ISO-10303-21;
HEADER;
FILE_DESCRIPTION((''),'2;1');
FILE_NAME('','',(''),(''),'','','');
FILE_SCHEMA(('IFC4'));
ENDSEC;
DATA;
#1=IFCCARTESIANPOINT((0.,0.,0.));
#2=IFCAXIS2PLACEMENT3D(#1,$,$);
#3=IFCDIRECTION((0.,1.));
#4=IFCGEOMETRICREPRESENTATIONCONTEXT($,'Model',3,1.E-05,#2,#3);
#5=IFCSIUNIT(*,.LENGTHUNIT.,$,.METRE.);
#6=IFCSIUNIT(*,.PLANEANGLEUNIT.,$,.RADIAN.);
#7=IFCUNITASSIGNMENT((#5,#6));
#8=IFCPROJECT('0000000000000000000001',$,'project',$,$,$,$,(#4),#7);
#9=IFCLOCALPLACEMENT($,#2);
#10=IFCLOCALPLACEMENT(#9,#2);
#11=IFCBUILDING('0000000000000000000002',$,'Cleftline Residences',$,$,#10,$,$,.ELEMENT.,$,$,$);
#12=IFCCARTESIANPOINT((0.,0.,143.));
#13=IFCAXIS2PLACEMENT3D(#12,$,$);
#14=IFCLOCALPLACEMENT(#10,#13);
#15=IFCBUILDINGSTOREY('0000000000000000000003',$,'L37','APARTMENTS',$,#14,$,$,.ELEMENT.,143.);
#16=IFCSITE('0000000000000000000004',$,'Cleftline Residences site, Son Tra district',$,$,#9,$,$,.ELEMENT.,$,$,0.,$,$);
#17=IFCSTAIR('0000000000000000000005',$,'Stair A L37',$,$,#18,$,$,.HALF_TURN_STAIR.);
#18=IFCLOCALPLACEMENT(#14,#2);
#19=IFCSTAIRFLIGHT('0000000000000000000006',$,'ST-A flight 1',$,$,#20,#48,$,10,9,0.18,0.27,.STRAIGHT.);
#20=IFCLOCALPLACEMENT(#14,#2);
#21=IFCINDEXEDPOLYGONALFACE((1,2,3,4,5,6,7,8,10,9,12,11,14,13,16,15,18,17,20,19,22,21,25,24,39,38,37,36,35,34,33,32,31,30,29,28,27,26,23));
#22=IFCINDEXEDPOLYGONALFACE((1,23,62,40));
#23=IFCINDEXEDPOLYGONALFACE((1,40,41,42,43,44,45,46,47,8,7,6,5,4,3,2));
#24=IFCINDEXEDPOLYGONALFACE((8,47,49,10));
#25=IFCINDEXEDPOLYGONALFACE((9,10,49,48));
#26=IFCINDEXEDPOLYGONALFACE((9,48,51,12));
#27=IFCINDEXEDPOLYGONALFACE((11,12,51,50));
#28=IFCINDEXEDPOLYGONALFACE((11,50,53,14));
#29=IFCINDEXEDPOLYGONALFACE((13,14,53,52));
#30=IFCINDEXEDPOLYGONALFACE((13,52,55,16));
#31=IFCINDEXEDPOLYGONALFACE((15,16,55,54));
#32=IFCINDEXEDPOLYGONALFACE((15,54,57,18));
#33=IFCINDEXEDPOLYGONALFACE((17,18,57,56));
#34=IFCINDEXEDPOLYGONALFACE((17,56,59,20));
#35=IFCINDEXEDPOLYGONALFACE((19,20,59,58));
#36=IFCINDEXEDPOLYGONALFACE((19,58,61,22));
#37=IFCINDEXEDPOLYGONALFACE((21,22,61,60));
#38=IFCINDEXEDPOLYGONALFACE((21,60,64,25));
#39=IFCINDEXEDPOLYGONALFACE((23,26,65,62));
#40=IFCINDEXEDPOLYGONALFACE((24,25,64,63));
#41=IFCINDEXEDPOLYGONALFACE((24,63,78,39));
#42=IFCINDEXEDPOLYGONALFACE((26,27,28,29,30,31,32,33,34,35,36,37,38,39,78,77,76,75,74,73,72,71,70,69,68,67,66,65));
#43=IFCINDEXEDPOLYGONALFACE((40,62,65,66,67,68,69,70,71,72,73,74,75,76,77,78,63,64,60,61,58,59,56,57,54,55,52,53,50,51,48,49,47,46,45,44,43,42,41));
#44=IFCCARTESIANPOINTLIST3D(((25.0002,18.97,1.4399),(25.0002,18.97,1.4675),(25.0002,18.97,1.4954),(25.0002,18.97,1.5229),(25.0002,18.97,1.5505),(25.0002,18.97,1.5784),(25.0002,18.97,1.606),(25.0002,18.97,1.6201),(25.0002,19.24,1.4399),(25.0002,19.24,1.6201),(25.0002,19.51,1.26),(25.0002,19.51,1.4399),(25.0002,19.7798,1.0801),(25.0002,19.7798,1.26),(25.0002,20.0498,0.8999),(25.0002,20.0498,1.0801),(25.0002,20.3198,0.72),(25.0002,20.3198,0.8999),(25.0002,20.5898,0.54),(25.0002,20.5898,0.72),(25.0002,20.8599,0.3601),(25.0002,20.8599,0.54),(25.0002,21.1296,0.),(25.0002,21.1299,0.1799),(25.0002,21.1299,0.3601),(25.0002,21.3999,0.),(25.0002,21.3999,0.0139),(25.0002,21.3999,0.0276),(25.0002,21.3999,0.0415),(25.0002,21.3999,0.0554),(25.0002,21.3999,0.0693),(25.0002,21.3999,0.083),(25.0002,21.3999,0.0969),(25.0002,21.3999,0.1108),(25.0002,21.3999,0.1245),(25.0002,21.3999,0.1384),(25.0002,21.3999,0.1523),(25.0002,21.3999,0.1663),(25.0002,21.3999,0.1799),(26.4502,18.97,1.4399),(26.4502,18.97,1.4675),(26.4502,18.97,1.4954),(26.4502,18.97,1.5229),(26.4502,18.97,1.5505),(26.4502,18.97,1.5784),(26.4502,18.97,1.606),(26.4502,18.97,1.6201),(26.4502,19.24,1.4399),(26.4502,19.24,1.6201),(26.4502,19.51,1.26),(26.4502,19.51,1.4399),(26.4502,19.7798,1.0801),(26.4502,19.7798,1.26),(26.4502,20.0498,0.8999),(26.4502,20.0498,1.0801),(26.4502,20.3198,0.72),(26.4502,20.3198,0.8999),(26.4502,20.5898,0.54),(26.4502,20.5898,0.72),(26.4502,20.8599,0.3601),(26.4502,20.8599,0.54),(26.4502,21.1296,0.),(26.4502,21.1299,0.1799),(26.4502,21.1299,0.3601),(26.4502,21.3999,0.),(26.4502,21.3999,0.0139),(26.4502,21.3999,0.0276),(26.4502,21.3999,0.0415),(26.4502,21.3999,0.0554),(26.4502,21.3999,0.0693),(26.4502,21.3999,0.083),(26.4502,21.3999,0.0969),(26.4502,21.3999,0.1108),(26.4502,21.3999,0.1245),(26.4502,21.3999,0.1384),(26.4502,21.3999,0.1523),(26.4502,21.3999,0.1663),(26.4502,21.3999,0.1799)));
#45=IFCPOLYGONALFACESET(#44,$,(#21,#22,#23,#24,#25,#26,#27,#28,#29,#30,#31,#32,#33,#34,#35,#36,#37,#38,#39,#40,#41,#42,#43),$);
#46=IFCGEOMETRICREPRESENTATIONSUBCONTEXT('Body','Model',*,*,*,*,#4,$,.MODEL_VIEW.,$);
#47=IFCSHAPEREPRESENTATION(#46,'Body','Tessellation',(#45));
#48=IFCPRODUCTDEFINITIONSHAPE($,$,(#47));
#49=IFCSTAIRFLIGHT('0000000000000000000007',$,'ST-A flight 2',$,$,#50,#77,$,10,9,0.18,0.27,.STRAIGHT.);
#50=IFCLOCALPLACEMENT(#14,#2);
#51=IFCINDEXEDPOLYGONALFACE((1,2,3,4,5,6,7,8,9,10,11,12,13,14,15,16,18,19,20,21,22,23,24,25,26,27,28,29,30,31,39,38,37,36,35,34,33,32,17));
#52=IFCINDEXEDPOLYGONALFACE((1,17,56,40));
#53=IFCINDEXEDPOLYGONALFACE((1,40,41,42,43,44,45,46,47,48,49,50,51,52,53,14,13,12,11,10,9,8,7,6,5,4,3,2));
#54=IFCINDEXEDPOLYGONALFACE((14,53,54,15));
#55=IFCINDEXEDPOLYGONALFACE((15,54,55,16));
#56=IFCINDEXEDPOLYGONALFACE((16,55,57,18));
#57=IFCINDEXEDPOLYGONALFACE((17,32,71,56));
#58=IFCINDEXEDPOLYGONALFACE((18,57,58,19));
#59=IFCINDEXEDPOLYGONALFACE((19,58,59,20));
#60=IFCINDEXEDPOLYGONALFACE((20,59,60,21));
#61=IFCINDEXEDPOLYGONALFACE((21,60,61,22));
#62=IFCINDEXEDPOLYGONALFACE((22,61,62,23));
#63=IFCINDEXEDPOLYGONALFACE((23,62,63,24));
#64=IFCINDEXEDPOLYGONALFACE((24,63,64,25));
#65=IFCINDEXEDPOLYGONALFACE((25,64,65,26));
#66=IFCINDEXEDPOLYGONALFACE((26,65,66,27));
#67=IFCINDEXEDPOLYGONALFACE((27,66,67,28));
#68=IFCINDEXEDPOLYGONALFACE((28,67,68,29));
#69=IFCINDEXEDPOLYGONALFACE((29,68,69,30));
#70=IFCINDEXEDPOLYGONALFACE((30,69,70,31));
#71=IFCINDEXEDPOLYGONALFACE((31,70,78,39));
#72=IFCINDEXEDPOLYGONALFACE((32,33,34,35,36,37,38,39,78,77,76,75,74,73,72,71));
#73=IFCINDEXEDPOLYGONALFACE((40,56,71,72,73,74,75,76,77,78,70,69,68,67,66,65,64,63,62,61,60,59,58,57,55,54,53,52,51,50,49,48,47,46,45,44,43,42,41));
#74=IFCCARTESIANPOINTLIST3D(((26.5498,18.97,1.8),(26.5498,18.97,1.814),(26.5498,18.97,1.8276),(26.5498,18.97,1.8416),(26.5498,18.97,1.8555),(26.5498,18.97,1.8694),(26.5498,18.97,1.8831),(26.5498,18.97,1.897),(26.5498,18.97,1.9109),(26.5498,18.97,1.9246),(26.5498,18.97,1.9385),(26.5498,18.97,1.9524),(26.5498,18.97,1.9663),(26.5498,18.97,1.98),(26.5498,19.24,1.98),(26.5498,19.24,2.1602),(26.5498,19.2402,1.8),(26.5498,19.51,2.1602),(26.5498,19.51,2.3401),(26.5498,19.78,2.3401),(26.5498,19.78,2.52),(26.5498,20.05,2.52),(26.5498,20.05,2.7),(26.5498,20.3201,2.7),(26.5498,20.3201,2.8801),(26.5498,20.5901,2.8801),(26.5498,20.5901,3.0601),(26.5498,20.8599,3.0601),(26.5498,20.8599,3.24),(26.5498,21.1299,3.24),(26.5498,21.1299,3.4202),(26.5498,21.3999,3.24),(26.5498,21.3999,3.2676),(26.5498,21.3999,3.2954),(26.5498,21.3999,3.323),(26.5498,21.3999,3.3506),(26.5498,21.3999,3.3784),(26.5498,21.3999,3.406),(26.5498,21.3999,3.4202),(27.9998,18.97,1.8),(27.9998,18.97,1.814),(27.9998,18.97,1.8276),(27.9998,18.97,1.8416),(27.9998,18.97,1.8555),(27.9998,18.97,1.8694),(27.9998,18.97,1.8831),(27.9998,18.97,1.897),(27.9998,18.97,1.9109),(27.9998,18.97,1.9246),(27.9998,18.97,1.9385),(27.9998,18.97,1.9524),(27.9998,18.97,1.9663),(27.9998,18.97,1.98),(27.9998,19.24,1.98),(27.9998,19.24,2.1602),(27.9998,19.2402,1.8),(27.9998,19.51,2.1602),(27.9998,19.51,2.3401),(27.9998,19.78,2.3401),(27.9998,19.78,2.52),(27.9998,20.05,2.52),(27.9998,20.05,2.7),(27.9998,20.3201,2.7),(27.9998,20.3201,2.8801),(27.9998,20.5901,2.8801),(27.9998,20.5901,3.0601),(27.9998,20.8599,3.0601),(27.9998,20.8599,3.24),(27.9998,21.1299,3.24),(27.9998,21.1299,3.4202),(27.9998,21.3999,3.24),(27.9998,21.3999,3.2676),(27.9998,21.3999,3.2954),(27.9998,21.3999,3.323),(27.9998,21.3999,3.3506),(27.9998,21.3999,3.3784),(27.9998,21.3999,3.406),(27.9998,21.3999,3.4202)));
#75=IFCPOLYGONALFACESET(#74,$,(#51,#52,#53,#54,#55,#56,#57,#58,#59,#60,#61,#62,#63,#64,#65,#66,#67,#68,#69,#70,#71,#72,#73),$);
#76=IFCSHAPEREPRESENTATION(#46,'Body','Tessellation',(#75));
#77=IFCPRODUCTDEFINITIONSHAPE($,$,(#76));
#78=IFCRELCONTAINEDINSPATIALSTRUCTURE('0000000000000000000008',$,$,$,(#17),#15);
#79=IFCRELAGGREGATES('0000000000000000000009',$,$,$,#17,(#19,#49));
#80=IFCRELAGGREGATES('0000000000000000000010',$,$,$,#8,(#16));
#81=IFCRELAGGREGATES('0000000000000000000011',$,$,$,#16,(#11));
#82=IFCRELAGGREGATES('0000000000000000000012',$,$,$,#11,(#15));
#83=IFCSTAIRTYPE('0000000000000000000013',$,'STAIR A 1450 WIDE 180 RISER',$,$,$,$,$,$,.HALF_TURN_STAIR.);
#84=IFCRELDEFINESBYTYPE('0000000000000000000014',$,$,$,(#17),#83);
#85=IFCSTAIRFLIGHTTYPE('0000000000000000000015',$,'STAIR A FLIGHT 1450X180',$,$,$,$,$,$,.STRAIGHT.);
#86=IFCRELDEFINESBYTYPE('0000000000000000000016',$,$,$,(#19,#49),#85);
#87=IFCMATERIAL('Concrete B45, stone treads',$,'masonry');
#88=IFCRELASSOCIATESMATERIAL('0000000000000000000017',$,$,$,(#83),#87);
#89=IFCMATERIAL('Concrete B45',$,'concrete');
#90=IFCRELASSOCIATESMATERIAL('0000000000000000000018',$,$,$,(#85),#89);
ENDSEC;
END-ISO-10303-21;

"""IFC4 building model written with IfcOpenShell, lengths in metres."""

from ifc_helpers import new_model, si_unit, direction, frame, origin, place, context, subcontext, project, spatial, polyline, outline, extrude, material, type_object, element, aggregate, save


model = new_model("IFC4")

# Units and contexts
model_context = context("Model", 3, precision=1e-05, world=origin(), true_north=direction((0.0, 1.0)))
body_context = subcontext(model_context, "Body", "Model", "MODEL_VIEW")
ifc_project = project(units=[si_unit("LENGTHUNIT", "METRE"), si_unit("PLANEANGLEUNIT", "RADIAN")], contexts=[model_context])

# Site, building, storey
site_placement = place(None, origin())
site = spatial("IfcSite", under=ifc_project, at=site_placement, Name="Cleftline Residences site, Son Tra district", CompositionType="ELEMENT", RefElevation=0.0)
building_placement = place(site_placement, origin())
building = spatial("IfcBuilding", under=site, at=building_placement, Name="Cleftline Residences", CompositionType="ELEMENT")
storey_placement = place(building_placement, frame((0.0, 0.0, 143.0)))
storey = spatial("IfcBuildingStorey", under=building, at=storey_placement, Name="L37", Description="APARTMENTS", CompositionType="ELEMENT", Elevation=143.0)

# Stair, stair flights
ifc_material_1 = material(Name="Concrete B45, stone treads", Category="masonry")
stair_type = type_object("IfcStairType", Name="STAIR A 1450 WIDE 180 RISER", PredefinedType="HALF_TURN_STAIR", material=ifc_material_1)
stair_placement = place(storey_placement, origin())
stair = element("IfcStair", 1, at=stair_placement, inside=storey, type_object=stair_type, Name="Stair A L37", PredefinedType="HALF_TURN_STAIR")
ifc_material_2 = material(Name="Concrete B45", Category="concrete")
stair_flight_type = type_object("IfcStairFlightType", Name="STAIR A FLIGHT 1450X180", PredefinedType="STRAIGHT", material=ifc_material_2)
stair_flight_1_placement = place(storey_placement, frame((25.7251, 21.3999, 0.0), z_axis=(0.0, 0.0, 1.0), x_axis=(0.0, -1.0, 0.0)))
stair_flight_1 = element("IfcStairFlight", 2, at=stair_flight_1_placement, type_object=stair_flight_type, Name="ST-A flight 1", NumberOfRisers=10, NumberOfTreads=9, PredefinedType="STRAIGHT", RiserHeight=0.18, TreadLength=0.27, context=body_context, shape_type="SweptSolid", body=[
    extrude(outline(polyline([(0.0, 0.0), (0.0, 0.0139), (0.0, 0.0276), (0.0, 0.0415), (0.0, 0.0554), (0.0, 0.0693), (0.0, 0.083), (0.0, 0.0969), (0.0, 0.1108), (0.0, 0.1245), (0.0, 0.1384), (0.0, 0.1523), (0.0, 0.1663), (0.0, 0.1799), (0.27, 0.1799), (0.27, 0.3601), (0.54, 0.3601), (0.54, 0.54), (0.8101, 0.54), (0.8101, 0.72), (1.0801, 0.72), (1.0801, 0.8999), (1.3501, 0.8999), (1.3501, 1.0801), (1.6201, 1.0801), (1.6201, 1.26), (1.8899, 1.26), (1.8899, 1.4399), (2.1599, 1.4399), (2.1599, 1.6201), (2.4299, 1.6201), (2.4299, 1.8), (2.4299, 1.7722), (2.4299, 1.7446), (2.4299, 1.7168), (2.4299, 1.6892), (2.4299, 1.6614), (2.4299, 1.6338), (2.4299, 1.606), (2.4299, 1.5784), (2.4299, 1.5505), (2.4299, 1.5229), (2.4299, 1.4954), (2.4299, 1.4675), (2.4299, 1.4399), (0.2703, 0.0), (0.0, 0.0)])), frame((0.0, 0.7251, 0.0), z_axis=(0.0, -1.0, 0.0), x_axis=(1.0, 0.0, 0.0)), (0.0, 0.0, 1.0), 1.45),
])
stair_flight_2_placement = place(storey_placement, frame((27.2749, 18.97, 1.8), z_axis=(0.0, 0.0, 1.0), x_axis=(0.0, 1.0, 0.0)))
stair_flight_2 = element("IfcStairFlight", 3, at=stair_flight_2_placement, type_object=stair_flight_type, Name="ST-A flight 2", NumberOfRisers=10, NumberOfTreads=9, PredefinedType="STRAIGHT", RiserHeight=0.18, TreadLength=0.27, context=body_context, shape_type="SweptSolid", body=[
    extrude(outline(polyline([(0.0, 0.0), (0.0, 0.0139), (0.0, 0.0276), (0.0, 0.0415), (0.0, 0.0554), (0.0, 0.0693), (0.0, 0.083), (0.0, 0.0969), (0.0, 0.1108), (0.0, 0.1245), (0.0, 0.1384), (0.0, 0.1523), (0.0, 0.1663), (0.0, 0.1799), (0.27, 0.1799), (0.27, 0.3601), (0.54, 0.3601), (0.54, 0.54), (0.8101, 0.54), (0.8101, 0.72), (1.0801, 0.72), (1.0801, 0.8999), (1.3501, 0.8999), (1.3501, 1.0801), (1.6201, 1.0801), (1.6201, 1.26), (1.8899, 1.26), (1.8899, 1.4399), (2.1599, 1.4399), (2.1599, 1.6201), (2.4299, 1.6201), (2.4299, 1.8), (2.4299, 1.7722), (2.4299, 1.7446), (2.4299, 1.7168), (2.4299, 1.6892), (2.4299, 1.6614), (2.4299, 1.6338), (2.4299, 1.606), (2.4299, 1.5784), (2.4299, 1.5505), (2.4299, 1.5229), (2.4299, 1.4954), (2.4299, 1.4675), (2.4299, 1.4399), (0.2703, 0.0), (0.0, 0.0)])), frame((0.0, 0.7251, 0.0), z_axis=(0.0, -1.0, 0.0), x_axis=(1.0, 0.0, 0.0)), (0.0, 0.0, 1.0), 1.45),
])
aggregate(stair, [stair_flight_1, stair_flight_2])

save(model, "model.ifc")
